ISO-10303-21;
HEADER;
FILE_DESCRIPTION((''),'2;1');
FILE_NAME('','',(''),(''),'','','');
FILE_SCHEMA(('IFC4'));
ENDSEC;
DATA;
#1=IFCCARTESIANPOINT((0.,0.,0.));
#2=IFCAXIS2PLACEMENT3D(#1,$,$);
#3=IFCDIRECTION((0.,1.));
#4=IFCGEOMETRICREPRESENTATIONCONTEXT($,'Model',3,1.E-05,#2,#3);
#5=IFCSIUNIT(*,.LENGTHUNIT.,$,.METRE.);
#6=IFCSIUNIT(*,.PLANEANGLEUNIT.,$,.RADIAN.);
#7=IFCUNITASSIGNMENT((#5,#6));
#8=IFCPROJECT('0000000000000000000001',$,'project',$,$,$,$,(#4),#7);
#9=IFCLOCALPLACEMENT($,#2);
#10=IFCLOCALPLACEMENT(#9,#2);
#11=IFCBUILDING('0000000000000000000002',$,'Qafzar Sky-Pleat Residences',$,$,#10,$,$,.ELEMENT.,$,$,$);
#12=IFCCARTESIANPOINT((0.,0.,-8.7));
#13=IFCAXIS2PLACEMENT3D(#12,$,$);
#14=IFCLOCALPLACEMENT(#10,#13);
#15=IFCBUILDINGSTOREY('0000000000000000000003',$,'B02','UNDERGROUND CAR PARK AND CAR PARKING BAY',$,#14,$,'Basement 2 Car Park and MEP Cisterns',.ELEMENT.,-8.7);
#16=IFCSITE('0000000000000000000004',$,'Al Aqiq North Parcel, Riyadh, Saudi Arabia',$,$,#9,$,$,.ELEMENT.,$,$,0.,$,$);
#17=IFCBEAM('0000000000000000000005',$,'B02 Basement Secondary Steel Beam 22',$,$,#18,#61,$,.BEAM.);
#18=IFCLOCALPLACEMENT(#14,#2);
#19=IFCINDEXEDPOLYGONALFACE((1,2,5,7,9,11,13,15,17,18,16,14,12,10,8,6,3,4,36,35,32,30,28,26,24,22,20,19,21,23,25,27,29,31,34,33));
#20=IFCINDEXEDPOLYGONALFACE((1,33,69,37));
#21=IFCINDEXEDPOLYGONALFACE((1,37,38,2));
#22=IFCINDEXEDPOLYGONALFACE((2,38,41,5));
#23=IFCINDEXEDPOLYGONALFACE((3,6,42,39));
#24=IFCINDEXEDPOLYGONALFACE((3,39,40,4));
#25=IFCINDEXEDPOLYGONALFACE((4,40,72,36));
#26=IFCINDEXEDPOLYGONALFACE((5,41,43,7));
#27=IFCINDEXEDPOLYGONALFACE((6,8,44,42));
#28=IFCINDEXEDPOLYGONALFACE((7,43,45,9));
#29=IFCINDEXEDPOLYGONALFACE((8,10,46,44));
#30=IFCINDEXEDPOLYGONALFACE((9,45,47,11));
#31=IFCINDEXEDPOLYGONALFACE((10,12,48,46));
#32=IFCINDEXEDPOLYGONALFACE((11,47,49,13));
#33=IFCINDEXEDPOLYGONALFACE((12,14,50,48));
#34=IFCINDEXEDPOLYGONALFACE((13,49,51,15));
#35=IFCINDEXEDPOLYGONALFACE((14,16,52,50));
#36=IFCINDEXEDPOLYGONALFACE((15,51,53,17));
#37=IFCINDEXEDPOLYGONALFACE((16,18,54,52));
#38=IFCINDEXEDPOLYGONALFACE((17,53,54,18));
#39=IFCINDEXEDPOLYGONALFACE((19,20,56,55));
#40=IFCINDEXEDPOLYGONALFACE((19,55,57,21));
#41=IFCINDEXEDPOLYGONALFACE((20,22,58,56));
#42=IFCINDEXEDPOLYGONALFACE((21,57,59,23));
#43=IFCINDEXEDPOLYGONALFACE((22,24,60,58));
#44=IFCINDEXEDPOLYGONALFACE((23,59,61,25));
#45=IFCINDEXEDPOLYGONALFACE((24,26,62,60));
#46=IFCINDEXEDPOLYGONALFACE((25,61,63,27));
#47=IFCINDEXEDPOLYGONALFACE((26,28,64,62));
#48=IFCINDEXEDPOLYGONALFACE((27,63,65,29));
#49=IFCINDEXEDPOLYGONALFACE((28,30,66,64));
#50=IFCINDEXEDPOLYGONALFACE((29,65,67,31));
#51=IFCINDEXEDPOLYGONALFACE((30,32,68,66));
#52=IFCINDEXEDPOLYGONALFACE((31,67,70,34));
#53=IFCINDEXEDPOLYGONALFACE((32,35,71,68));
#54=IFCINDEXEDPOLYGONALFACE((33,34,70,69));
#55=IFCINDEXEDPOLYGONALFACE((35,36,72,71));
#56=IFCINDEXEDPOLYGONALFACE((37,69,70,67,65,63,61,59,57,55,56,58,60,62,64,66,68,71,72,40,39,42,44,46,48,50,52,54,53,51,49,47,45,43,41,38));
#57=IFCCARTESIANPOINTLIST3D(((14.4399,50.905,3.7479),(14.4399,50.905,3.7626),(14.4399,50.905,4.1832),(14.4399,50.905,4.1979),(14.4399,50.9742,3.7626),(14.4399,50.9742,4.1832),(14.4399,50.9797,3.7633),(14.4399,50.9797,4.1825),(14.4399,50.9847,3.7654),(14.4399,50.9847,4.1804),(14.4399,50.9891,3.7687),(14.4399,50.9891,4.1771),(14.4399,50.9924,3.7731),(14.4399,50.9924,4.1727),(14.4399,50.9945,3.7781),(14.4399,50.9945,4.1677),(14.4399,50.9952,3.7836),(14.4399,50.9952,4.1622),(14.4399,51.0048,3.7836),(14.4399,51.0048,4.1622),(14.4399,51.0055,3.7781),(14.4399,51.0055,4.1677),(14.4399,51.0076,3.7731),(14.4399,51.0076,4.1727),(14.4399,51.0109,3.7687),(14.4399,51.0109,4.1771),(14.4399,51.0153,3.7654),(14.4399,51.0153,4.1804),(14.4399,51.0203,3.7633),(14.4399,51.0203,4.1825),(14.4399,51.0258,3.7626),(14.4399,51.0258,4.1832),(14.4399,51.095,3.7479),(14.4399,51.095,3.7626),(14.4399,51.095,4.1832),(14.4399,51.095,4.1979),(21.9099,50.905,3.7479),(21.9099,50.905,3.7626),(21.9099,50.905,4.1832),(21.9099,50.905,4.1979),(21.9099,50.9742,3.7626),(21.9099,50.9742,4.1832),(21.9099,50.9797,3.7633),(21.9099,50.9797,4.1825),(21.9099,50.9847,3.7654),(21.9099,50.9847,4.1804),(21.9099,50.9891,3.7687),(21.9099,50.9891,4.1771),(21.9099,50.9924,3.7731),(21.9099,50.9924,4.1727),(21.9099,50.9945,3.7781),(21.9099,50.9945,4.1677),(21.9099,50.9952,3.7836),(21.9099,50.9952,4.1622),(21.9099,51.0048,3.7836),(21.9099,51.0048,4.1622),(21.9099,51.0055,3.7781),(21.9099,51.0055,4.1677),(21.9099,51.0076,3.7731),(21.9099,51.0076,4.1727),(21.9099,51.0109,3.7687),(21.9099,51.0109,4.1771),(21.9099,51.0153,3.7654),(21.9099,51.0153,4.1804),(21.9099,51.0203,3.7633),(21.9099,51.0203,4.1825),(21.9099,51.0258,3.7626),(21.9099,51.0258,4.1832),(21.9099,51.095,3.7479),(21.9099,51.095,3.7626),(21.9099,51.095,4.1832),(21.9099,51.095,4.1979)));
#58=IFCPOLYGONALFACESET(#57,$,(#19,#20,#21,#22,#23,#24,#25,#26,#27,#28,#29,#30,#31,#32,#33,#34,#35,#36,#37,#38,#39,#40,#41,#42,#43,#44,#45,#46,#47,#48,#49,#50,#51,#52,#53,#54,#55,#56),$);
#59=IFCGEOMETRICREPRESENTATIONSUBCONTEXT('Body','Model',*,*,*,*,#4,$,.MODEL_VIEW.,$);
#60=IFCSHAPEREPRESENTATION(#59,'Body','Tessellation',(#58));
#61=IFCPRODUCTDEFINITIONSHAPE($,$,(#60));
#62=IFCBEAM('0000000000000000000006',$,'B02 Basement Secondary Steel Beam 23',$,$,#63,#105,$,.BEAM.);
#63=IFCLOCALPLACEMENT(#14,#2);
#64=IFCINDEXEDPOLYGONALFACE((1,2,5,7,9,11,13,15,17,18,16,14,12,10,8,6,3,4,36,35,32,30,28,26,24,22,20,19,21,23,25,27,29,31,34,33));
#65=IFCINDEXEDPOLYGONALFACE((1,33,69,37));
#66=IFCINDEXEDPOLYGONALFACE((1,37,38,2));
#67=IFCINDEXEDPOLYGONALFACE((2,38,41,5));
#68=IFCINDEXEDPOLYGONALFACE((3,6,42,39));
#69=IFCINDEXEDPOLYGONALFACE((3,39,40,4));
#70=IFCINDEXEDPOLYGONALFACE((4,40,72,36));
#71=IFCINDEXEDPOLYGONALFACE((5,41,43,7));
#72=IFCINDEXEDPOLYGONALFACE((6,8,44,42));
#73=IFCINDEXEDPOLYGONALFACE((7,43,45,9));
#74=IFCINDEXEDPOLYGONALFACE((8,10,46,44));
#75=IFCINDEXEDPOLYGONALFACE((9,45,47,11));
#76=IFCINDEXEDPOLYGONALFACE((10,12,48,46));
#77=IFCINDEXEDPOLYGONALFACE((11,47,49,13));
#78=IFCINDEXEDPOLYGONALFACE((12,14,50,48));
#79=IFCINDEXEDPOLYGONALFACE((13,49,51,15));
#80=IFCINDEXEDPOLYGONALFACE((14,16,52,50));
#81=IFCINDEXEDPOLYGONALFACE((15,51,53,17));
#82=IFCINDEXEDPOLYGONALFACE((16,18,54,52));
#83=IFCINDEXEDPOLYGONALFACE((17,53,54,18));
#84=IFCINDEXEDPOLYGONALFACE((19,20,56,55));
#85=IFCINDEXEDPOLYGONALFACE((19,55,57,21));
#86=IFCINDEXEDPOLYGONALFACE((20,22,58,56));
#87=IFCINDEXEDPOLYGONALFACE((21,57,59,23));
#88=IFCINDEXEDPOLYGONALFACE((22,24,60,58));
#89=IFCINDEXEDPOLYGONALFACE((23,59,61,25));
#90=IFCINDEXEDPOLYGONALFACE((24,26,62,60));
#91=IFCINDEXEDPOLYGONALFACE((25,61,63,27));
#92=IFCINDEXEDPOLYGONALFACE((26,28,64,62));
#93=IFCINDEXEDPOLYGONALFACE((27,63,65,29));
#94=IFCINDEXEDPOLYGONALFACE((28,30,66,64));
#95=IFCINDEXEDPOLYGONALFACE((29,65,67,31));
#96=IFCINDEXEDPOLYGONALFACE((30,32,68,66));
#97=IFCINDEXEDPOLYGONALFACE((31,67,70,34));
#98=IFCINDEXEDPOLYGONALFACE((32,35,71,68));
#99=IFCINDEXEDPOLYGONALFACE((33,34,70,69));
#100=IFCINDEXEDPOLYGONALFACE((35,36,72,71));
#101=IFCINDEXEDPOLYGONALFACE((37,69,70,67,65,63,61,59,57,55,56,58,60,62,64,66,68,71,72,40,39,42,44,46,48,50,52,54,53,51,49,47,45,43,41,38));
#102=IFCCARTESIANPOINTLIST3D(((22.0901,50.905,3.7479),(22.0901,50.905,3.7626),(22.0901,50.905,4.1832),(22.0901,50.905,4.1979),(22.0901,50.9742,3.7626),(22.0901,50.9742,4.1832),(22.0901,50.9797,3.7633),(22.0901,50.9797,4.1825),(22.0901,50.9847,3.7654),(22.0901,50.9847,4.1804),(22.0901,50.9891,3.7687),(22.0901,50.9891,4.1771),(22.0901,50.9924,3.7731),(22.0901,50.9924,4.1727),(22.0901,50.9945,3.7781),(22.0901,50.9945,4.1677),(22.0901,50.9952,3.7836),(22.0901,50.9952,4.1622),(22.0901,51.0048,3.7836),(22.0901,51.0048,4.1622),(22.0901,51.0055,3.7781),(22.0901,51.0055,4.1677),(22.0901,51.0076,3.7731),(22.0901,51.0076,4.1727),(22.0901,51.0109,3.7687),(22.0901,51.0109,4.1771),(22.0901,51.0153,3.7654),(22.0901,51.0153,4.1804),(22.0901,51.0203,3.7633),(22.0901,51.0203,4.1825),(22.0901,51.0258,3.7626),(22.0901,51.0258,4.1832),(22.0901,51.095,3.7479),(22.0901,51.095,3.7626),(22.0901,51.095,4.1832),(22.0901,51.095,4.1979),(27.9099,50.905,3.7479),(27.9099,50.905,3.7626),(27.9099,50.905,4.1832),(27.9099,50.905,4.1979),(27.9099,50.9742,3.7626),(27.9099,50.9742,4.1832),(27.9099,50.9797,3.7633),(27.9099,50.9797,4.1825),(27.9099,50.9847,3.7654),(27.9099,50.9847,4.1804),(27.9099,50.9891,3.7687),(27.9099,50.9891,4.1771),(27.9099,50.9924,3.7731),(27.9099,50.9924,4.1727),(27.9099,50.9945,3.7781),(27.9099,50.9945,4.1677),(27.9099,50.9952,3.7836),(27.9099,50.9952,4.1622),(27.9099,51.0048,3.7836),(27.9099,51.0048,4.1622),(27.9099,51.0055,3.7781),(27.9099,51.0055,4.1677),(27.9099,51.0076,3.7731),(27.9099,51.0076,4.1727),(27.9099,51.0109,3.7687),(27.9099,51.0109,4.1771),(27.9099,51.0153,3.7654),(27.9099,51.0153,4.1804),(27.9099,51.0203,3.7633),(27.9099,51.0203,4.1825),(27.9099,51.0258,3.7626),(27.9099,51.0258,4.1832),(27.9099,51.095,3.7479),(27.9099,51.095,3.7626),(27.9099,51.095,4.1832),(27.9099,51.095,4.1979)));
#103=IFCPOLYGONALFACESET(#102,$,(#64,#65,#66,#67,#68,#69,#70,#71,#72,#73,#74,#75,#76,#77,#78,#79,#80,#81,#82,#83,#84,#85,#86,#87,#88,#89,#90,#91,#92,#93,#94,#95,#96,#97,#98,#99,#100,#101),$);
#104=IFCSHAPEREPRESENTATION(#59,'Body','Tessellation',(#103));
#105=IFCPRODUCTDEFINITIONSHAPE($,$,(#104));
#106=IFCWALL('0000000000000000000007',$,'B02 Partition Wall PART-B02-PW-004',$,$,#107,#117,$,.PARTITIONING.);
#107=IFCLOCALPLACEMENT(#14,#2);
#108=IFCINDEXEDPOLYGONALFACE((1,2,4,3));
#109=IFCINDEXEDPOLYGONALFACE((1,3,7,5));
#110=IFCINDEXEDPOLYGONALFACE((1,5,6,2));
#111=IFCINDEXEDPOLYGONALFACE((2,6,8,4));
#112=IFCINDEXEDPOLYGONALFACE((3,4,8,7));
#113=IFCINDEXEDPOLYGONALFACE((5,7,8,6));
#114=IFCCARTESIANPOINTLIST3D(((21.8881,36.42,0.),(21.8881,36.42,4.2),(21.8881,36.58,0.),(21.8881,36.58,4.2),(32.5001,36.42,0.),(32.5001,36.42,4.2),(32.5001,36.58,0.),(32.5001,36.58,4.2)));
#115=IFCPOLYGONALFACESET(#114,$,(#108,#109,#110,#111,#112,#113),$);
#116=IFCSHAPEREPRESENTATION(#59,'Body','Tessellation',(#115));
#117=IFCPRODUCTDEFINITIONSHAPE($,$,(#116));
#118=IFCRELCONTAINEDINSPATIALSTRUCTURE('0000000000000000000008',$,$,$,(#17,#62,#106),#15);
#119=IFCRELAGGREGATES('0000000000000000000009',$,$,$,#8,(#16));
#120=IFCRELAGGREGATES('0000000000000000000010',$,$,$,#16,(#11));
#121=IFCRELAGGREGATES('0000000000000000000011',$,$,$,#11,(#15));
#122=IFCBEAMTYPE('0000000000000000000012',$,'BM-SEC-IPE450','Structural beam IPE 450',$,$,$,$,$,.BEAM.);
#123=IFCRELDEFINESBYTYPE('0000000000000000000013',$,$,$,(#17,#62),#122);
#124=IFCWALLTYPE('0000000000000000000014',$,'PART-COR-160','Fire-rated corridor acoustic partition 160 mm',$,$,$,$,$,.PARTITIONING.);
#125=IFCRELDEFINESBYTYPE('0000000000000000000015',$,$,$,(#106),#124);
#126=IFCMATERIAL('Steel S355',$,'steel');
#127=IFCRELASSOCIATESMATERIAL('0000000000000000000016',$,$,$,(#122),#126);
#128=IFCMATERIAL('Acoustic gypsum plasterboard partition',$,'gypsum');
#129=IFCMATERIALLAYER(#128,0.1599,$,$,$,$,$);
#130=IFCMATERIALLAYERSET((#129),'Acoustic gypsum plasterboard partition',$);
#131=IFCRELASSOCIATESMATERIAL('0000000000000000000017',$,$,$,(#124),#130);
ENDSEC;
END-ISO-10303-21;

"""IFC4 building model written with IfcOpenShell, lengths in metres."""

from ifc_helpers import new_model, si_unit, direction, frame, frame_2d, origin, origin_2d, place, context, subcontext, project, spatial, rectangle, i_section, extrude, source, transform, mapped, material, layer, layer_set, material_profile, profile_set, type_object, element, save


model = new_model("IFC4")

# Units and contexts
model_context = context("Model", 3, precision=1e-05, world=origin(), true_north=direction((0.0, 1.0)))
body_context = subcontext(model_context, "Body", "Model", "MODEL_VIEW")
ifc_project = project(units=[si_unit("LENGTHUNIT", "METRE"), si_unit("PLANEANGLEUNIT", "RADIAN")], contexts=[model_context])

# Site, building, storey
site_placement = place(None, origin())
site = spatial("IfcSite", under=ifc_project, at=site_placement, Name="Al Aqiq North Parcel, Riyadh, Saudi Arabia", CompositionType="ELEMENT", RefElevation=0.0)
building_placement = place(site_placement, origin())
building = spatial("IfcBuilding", under=site, at=building_placement, Name="Qafzar Sky-Pleat Residences", CompositionType="ELEMENT")
storey_placement = place(building_placement, frame((0.0, 0.0, -8.7)))
storey = spatial("IfcBuildingStorey", under=building, at=storey_placement, Name="B02", Description="UNDERGROUND CAR PARK AND CAR PARKING BAY", LongName="Basement 2 Car Park and MEP Cisterns", CompositionType="ELEMENT", Elevation=-8.7)

# Beams
ifc_material_1 = material(Name="Steel S355", Category="steel")
ifc_material_profile_1 = material_profile(ifc_material_1, i_section(OverallWidth=0.1899, OverallDepth=0.45, WebThickness=0.0095, FlangeThickness=0.0146, FilletRadius=0.021, at=origin_2d()), Name="IPE 450")
ifc_profile_set_1 = profile_set([ifc_material_profile_1], Name="Steel S355")
beam_type_1 = type_object("IfcBeamType", Name="BM-SEC-IPE450", Description="Structural beam IPE 450", PredefinedType="BEAM", material=ifc_profile_set_1)
shared_shape_1 = source(origin(), body_context, "Body", "SweptSolid", [
    extrude(i_section(OverallWidth=0.1899, OverallDepth=0.45, WebThickness=0.0095, FlangeThickness=0.0146, FilletRadius=0.021, at=origin_2d()), origin(), (0.0, 0.0, 1.0), 7.47),
])
beam_1_placement = place(storey_placement, frame((14.4399, 51.0, 3.9729), z_axis=(1.0, 0.0, 0.0), x_axis=(0.0, 1.0, 0.0)))
element("IfcBeam", 1, at=beam_1_placement, inside=storey, type_object=beam_type_1, Name="B02 Basement Secondary Steel Beam 22", PredefinedType="BEAM", context=body_context, shape_type="MappedRepresentation", body=[
    mapped(shared_shape_1, transform((0.0, 0.0, 0.0), x_axis=(1.0, 0.0, 0.0), y_axis=(0.0, 1.0, 0.0), z_axis=(0.0, 0.0, 1.0), scale=1.0)),
])
shared_shape_2 = source(origin(), body_context, "Body", "SweptSolid", [
    extrude(i_section(OverallWidth=0.1899, OverallDepth=0.45, WebThickness=0.0095, FlangeThickness=0.0146, FilletRadius=0.021, at=origin_2d()), origin(), (0.0, 0.0, 1.0), 5.8198),
])
beam_2_placement = place(storey_placement, frame((22.0901, 51.0, 3.9729), z_axis=(1.0, 0.0, 0.0), x_axis=(0.0, 1.0, 0.0)))
element("IfcBeam", 2, at=beam_2_placement, inside=storey, type_object=beam_type_1, Name="B02 Basement Secondary Steel Beam 23", PredefinedType="BEAM", context=body_context, shape_type="MappedRepresentation", body=[
    mapped(shared_shape_2, transform((0.0, 0.0, 0.0), x_axis=(1.0, 0.0, 0.0), y_axis=(0.0, 1.0, 0.0), z_axis=(0.0, 0.0, 1.0), scale=1.0)),
])

# Wall
ifc_material_2 = material(Name="Acoustic gypsum plasterboard partition", Category="gypsum")
ifc_layer = layer(ifc_material_2, 0.1599)
ifc_layer_set = layer_set([ifc_layer], Name="Acoustic gypsum plasterboard partition")
wall_type = type_object("IfcWallType", Name="PART-COR-160", Description="Fire-rated corridor acoustic partition 160 mm", PredefinedType="PARTITIONING", material=ifc_layer_set)
wall_placement = place(storey_placement, frame((21.8879, 36.5, 0.0), z_axis=(0.0, 0.0, 1.0), x_axis=(1.0, 0.0, 0.0)))
element("IfcWall", 3, at=wall_placement, inside=storey, type_object=wall_type, Name="B02 Partition Wall PART-B02-PW-004", PredefinedType="PARTITIONING", context=body_context, shape_type="SweptSolid", body=[
    extrude(rectangle(XDim=10.6121, YDim=0.1599, at=frame_2d((5.3062, 0.0))), origin(), (0.0, 0.0, 1.0), 4.2),
])

save(model, "model.ifc")
